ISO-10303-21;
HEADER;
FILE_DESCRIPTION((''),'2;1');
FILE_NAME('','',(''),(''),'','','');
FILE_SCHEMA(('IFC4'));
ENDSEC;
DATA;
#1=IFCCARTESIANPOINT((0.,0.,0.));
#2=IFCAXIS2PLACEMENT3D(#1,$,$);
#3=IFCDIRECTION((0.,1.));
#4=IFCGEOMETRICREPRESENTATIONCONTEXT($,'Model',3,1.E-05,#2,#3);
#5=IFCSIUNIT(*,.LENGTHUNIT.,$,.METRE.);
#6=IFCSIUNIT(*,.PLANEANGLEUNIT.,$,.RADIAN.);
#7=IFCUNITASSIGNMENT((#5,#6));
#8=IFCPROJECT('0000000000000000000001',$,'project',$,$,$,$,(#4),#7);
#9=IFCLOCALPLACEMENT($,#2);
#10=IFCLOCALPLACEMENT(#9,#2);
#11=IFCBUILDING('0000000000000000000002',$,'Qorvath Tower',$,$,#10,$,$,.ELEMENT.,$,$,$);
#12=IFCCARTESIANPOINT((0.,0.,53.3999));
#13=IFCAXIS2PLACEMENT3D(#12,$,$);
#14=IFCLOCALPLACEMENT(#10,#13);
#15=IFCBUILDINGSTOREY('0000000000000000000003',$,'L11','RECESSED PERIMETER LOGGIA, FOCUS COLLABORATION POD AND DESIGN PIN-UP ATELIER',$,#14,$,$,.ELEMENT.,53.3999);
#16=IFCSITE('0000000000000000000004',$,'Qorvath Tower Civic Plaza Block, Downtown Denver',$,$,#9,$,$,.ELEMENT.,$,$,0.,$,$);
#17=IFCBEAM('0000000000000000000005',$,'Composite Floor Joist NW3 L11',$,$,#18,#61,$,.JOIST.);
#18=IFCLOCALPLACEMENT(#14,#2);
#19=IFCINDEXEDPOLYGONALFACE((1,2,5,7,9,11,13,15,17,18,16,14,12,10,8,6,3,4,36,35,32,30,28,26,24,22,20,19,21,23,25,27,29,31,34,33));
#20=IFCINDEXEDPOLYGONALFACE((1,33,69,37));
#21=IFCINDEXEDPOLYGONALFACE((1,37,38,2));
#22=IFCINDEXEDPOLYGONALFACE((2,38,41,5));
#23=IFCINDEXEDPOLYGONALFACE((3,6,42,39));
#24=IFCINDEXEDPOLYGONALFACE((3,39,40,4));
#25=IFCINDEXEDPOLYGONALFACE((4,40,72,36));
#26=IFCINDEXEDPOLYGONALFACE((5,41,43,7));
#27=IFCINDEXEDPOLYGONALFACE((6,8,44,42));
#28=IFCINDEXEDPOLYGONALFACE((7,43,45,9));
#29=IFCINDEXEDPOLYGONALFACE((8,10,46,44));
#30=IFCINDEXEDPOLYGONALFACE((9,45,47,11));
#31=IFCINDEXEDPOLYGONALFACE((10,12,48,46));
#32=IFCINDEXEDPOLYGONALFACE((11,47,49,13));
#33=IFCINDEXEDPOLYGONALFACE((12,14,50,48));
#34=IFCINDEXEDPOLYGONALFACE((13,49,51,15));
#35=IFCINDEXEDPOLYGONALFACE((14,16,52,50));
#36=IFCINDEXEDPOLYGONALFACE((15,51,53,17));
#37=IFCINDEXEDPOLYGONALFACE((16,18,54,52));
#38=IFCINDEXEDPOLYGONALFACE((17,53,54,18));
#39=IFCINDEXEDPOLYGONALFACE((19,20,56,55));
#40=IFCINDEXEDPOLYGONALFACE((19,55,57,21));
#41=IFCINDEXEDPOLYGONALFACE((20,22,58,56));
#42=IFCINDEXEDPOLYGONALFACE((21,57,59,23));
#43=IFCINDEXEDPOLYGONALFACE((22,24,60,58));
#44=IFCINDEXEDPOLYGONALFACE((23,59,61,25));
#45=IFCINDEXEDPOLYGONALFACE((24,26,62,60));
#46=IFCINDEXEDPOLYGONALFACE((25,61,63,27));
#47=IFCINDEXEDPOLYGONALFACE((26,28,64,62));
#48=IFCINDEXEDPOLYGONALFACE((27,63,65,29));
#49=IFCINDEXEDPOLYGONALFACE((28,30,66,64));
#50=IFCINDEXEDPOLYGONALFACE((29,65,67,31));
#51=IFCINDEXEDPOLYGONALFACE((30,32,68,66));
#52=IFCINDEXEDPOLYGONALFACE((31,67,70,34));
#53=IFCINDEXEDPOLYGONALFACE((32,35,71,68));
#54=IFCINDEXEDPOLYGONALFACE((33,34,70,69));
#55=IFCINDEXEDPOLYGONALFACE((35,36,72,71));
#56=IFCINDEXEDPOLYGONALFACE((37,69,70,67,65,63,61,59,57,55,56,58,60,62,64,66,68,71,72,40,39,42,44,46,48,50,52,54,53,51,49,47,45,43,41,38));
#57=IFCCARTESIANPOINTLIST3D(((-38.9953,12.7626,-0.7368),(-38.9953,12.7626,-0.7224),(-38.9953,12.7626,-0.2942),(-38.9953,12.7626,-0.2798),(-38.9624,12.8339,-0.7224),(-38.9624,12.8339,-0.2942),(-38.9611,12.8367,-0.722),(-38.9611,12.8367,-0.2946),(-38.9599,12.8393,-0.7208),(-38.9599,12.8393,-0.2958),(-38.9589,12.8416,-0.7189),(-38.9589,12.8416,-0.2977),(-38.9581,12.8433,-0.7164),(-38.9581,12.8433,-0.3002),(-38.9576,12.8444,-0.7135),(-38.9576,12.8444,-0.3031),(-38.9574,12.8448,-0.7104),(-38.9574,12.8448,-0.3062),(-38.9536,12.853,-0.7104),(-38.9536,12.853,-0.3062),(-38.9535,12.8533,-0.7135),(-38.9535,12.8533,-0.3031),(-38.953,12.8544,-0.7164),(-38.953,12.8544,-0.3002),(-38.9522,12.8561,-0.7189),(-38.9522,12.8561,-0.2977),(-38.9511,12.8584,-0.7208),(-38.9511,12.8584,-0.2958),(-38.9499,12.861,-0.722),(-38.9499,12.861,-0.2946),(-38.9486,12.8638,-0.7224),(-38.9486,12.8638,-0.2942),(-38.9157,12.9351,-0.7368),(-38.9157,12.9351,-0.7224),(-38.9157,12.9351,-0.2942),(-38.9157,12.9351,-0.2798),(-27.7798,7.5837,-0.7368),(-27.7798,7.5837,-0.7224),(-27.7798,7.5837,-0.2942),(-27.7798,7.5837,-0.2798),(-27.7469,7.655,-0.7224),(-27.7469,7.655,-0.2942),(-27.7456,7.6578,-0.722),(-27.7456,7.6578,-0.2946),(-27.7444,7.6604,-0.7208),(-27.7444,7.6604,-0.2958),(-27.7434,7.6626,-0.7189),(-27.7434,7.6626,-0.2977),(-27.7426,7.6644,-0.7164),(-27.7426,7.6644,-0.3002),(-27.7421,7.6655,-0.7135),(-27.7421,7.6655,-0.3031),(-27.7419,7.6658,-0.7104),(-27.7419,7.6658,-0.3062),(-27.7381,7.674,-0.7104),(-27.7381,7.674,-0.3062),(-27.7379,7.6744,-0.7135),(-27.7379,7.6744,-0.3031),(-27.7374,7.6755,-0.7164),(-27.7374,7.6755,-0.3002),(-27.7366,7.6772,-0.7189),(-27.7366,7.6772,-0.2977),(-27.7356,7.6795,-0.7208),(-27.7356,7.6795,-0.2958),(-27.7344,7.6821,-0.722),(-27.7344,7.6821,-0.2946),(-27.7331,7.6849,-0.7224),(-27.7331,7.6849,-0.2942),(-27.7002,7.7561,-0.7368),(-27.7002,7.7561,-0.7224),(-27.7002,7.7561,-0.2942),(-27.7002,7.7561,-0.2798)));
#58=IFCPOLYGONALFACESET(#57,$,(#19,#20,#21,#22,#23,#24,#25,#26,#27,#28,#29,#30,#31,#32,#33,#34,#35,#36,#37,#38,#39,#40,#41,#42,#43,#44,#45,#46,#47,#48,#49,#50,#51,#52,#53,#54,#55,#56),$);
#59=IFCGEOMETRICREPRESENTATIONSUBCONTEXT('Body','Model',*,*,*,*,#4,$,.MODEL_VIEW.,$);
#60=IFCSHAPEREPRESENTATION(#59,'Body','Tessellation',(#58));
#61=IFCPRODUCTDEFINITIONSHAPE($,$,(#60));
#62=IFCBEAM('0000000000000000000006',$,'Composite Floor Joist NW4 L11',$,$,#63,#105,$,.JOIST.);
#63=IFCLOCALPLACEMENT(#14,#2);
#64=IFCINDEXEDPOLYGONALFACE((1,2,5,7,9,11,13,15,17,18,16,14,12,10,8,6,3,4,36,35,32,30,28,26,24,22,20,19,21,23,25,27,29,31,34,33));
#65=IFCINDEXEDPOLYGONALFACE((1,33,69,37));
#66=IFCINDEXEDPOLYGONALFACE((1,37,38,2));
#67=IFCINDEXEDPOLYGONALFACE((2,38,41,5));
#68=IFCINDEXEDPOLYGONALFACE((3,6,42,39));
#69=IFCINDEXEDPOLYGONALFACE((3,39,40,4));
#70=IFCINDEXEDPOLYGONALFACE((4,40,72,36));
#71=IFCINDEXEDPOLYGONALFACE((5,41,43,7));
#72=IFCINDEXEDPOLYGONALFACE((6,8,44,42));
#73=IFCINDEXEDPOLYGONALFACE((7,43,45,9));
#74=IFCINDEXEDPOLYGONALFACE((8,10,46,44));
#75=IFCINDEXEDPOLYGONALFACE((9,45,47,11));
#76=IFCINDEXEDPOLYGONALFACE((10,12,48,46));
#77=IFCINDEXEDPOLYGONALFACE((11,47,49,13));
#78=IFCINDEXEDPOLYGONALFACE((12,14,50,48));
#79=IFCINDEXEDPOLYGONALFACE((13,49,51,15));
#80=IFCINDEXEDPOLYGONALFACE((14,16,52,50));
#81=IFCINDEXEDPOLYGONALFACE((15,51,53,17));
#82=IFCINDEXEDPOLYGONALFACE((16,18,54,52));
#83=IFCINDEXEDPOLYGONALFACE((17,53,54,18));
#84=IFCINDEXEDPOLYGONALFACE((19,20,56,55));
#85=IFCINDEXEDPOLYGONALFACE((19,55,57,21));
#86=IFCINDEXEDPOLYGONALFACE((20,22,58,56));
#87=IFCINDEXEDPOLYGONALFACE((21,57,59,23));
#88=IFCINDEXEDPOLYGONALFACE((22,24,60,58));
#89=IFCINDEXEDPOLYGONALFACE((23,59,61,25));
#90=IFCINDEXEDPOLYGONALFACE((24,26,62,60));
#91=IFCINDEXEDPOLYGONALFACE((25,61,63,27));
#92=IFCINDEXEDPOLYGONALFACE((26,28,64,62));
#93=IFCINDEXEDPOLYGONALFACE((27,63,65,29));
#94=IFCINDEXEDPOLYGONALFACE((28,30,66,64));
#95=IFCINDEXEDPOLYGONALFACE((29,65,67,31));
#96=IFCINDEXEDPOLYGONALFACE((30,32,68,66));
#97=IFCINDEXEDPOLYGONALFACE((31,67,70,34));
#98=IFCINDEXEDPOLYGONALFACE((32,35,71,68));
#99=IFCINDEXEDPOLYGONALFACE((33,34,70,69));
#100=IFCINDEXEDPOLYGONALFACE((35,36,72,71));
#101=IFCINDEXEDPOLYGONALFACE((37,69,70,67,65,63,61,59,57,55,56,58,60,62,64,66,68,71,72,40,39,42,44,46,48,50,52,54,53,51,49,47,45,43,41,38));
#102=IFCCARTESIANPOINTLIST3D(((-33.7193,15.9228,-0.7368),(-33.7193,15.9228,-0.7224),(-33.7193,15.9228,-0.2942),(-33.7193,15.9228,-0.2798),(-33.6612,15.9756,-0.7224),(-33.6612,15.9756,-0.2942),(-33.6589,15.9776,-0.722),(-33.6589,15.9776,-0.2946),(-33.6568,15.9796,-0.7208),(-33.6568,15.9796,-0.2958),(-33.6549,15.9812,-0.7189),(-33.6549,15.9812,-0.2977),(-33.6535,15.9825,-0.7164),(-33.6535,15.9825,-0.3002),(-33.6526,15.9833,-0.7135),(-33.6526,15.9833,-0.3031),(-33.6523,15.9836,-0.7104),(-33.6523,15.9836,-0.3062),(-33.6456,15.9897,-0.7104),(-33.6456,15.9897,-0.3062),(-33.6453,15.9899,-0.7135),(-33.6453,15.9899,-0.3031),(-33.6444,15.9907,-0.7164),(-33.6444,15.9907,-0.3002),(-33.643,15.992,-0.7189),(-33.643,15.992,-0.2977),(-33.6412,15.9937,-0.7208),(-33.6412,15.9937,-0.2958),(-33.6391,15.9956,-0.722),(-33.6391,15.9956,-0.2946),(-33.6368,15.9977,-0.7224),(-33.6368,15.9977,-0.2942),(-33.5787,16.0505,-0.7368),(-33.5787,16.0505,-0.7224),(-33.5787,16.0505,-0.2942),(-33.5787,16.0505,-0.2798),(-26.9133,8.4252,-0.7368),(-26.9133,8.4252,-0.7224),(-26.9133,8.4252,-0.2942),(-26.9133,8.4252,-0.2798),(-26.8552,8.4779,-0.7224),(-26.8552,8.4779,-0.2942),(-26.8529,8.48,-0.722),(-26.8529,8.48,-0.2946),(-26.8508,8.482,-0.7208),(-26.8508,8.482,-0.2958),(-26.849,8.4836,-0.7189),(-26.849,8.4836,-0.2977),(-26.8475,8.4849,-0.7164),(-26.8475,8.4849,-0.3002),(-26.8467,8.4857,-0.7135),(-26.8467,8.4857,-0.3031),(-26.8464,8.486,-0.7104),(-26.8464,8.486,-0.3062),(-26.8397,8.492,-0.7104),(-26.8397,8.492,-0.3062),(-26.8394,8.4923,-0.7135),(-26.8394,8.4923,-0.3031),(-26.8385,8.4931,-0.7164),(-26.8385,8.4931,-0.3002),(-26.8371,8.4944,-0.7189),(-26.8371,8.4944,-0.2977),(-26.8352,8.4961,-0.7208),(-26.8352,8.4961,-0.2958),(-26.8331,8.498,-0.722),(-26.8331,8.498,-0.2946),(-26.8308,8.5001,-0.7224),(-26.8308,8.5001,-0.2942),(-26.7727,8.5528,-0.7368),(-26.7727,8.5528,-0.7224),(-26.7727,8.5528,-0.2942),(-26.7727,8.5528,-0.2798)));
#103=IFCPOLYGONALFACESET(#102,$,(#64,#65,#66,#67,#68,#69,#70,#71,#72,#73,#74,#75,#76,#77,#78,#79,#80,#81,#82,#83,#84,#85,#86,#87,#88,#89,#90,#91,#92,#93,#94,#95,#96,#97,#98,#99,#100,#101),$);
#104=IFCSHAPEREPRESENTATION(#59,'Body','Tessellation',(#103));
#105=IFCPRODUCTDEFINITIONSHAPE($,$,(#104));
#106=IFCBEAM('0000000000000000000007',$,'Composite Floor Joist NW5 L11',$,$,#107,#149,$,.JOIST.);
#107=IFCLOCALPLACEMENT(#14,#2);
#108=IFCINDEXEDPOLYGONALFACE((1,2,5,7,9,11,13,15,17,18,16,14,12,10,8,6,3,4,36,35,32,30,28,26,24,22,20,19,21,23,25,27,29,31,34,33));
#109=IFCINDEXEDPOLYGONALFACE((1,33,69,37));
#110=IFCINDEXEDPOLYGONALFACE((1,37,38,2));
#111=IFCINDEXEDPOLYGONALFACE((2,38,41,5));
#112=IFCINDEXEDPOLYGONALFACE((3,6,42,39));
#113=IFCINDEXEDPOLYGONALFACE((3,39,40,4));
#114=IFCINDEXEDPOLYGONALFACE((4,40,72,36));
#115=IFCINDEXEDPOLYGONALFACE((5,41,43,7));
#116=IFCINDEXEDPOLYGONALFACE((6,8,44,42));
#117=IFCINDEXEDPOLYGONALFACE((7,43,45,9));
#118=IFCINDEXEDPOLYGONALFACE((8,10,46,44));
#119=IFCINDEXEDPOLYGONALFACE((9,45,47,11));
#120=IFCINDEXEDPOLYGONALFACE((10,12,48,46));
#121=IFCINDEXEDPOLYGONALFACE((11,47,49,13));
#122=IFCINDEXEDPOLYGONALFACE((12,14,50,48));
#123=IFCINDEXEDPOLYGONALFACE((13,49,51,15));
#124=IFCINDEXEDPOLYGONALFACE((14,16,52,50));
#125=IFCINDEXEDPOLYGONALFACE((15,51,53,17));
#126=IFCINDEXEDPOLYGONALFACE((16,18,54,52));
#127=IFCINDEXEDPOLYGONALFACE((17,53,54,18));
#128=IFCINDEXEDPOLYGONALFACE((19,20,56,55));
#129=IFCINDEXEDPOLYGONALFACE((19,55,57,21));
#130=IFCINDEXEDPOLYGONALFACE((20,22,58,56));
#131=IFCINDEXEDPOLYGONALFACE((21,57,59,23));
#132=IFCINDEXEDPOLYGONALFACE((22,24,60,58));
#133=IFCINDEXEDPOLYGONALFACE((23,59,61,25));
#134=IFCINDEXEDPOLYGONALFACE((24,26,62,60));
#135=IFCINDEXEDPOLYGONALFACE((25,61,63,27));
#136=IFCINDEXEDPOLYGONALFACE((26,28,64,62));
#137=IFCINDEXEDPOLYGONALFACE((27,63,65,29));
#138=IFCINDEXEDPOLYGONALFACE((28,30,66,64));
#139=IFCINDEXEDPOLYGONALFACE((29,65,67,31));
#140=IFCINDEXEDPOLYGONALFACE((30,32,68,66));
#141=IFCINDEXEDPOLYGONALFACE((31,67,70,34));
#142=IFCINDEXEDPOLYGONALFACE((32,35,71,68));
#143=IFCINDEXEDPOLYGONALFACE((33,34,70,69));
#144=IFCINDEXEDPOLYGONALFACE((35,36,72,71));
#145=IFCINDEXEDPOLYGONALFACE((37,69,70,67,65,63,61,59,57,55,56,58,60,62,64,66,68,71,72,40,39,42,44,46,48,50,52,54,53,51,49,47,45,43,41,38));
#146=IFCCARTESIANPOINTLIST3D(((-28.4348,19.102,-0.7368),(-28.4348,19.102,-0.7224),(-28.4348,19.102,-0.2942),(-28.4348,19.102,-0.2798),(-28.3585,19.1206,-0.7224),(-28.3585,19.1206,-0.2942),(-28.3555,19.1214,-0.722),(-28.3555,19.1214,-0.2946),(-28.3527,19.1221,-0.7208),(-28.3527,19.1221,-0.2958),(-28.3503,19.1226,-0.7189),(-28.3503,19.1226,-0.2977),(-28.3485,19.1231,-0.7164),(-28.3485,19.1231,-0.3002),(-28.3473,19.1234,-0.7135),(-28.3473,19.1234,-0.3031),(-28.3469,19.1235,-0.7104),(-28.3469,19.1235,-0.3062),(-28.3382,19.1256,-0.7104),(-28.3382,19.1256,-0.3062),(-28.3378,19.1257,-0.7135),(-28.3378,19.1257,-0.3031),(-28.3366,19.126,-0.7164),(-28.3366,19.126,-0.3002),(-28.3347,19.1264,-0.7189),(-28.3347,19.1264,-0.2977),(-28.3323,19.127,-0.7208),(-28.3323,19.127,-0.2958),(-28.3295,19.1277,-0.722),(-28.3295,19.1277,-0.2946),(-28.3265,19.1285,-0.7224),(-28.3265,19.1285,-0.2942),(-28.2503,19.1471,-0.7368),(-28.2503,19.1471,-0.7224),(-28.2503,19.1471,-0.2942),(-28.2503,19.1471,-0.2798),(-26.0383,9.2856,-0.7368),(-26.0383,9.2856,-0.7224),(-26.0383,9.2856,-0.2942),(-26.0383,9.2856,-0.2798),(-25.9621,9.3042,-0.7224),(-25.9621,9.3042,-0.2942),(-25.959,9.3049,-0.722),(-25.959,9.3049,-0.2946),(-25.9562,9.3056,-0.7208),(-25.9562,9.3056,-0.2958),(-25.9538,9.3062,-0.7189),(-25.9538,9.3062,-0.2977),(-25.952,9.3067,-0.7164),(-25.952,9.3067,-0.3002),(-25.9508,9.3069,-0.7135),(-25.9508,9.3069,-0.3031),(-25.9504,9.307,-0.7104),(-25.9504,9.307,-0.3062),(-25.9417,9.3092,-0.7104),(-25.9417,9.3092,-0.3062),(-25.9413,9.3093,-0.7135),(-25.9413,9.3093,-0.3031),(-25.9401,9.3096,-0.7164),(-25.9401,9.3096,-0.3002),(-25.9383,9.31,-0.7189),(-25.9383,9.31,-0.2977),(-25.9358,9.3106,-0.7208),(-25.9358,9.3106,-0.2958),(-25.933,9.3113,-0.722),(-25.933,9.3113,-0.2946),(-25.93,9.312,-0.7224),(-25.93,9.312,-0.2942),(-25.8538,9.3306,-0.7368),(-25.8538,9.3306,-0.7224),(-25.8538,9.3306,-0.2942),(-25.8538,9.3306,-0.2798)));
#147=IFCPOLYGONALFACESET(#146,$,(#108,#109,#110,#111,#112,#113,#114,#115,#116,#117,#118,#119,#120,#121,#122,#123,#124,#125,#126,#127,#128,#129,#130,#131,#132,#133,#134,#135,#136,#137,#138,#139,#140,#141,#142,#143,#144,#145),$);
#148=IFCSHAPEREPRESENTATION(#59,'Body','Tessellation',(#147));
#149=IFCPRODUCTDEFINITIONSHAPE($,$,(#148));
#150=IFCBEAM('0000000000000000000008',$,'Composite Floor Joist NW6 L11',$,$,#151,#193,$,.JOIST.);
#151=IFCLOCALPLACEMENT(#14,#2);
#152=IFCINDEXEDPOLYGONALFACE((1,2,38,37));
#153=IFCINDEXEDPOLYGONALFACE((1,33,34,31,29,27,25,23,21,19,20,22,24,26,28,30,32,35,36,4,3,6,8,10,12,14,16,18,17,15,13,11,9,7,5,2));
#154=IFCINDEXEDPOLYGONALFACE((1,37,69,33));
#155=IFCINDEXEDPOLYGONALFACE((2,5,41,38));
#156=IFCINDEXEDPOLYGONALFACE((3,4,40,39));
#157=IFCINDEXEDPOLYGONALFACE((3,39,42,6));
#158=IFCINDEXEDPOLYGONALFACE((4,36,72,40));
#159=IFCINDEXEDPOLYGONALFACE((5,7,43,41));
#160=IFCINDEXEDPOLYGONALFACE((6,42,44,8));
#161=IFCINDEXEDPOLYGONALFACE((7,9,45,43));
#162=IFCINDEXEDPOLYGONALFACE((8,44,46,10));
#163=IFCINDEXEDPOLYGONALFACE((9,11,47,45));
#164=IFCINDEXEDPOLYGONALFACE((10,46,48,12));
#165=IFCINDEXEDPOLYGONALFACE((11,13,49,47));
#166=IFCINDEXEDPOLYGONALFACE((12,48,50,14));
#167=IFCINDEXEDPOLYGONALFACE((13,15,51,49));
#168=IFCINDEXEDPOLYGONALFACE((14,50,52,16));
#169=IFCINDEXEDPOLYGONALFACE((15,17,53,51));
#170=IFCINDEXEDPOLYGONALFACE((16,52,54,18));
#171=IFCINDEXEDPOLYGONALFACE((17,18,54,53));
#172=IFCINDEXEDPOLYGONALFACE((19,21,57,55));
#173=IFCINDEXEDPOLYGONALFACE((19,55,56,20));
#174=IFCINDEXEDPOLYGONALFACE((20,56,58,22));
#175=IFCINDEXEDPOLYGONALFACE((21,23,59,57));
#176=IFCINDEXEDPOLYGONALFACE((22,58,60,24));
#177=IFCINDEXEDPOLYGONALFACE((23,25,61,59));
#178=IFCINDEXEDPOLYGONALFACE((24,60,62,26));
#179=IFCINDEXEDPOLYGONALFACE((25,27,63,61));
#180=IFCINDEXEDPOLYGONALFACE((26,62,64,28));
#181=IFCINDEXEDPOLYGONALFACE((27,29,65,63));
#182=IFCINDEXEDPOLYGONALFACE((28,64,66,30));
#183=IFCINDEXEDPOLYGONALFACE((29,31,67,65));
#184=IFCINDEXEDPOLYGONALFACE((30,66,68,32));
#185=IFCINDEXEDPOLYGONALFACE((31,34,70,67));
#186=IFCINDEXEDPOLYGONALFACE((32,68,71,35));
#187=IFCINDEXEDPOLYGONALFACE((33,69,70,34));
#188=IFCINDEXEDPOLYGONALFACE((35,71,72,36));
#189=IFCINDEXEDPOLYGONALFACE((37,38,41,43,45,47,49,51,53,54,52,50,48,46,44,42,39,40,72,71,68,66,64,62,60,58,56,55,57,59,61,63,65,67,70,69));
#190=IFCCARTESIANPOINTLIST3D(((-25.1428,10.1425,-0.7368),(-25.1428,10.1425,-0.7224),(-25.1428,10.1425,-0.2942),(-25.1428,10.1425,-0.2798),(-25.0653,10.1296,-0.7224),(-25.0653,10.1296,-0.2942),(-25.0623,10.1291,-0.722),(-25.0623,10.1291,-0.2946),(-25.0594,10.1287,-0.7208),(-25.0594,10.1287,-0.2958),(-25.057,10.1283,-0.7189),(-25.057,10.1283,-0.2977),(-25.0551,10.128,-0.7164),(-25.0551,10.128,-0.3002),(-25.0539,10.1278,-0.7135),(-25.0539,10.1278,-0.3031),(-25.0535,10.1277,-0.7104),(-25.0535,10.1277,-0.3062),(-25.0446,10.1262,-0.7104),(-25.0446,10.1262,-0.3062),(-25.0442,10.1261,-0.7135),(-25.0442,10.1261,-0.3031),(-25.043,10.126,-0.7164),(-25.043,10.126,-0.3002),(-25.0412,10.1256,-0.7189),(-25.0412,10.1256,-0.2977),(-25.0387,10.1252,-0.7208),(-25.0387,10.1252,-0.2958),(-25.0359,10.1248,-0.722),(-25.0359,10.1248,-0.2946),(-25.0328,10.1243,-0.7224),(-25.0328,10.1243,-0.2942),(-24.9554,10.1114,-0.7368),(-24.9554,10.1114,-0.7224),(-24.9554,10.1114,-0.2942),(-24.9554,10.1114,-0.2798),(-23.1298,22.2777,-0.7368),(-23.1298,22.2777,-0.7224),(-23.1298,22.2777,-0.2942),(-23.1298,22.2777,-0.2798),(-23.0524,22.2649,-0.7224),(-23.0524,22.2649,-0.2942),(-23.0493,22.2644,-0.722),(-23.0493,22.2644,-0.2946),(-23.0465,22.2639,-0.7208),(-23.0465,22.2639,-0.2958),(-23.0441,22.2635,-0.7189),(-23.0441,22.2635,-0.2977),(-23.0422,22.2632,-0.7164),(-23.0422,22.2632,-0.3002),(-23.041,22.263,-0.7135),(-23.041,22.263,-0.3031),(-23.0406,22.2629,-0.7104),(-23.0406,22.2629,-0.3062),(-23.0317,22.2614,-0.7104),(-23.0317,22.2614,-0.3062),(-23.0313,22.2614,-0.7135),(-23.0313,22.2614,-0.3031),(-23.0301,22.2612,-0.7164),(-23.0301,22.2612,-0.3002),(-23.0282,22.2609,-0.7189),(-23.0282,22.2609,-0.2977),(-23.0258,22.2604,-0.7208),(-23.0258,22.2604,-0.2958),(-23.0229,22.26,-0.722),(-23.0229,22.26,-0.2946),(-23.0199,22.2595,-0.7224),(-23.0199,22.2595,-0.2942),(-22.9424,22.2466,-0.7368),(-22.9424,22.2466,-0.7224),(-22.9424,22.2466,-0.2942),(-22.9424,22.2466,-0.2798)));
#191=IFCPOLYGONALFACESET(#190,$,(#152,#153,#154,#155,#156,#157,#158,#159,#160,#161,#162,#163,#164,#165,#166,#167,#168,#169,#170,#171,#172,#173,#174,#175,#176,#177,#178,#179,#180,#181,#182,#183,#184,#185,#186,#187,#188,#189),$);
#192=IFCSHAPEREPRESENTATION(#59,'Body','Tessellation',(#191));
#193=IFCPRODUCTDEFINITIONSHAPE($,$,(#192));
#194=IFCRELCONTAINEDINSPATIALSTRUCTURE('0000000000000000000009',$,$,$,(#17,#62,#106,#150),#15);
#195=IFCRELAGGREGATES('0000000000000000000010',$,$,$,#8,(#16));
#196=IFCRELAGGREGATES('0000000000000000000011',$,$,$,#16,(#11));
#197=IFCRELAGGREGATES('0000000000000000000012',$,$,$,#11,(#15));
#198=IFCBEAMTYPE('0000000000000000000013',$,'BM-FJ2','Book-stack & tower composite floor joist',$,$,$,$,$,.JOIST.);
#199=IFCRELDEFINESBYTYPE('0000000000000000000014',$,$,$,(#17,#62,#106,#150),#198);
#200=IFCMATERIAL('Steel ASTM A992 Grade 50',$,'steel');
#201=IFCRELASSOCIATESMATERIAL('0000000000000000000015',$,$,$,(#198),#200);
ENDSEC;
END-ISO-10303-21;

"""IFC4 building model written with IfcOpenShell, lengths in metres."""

from ifc_helpers import new_model, si_unit, direction, frame, origin, origin_2d, place, context, subcontext, project, spatial, i_section, extrude, material, material_profile, profile_set, type_object, element, save


model = new_model("IFC4")

# Units and contexts
model_context = context("Model", 3, precision=1e-05, world=origin(), true_north=direction((0.0, 1.0)))
body_context = subcontext(model_context, "Body", "Model", "MODEL_VIEW")
ifc_project = project(units=[si_unit("LENGTHUNIT", "METRE"), si_unit("PLANEANGLEUNIT", "RADIAN")], contexts=[model_context])

# Site, building, storey
site_placement = place(None, origin())
site = spatial("IfcSite", under=ifc_project, at=site_placement, Name="Qorvath Tower Civic Plaza Block, Downtown Denver", CompositionType="ELEMENT", RefElevation=0.0)
building_placement = place(site_placement, origin())
building = spatial("IfcBuilding", under=site, at=building_placement, Name="Qorvath Tower", CompositionType="ELEMENT")
storey_placement = place(building_placement, frame((0.0, 0.0, 53.3999)))
storey = spatial("IfcBuildingStorey", under=building, at=storey_placement, Name="L11", Description="RECESSED PERIMETER LOGGIA, FOCUS COLLABORATION POD AND DESIGN PIN-UP ATELIER", CompositionType="ELEMENT", Elevation=53.3999)

# Beams
ifc_material_1 = material(Name="Steel ASTM A992 Grade 50", Category="steel")
ifc_material_profile_1 = material_profile(ifc_material_1, i_section(OverallWidth=0.1899, OverallDepth=0.457, WebThickness=0.009, FlangeThickness=0.0144, FilletRadius=0.012, at=origin_2d()), Name="W18x50")
ifc_profile_set_1 = profile_set([ifc_material_profile_1], Name="Steel ASTM A992 Grade 50")
beam_type_1 = type_object("IfcBeamType", Name="BM-FJ2", Description="Book-stack & tower composite floor joist", PredefinedType="JOIST", material=ifc_profile_set_1)
beam_1_placement = place(storey_placement, frame((-27.74, 7.6699, -0.5083), z_axis=(-0.907881, 0.419227, 0.0), x_axis=(-0.419227, -0.907881, 0.0)))
element("IfcBeam", 1, at=beam_1_placement, inside=storey, type_object=beam_type_1, Name="Composite Floor Joist NW3 L11", PredefinedType="JOIST", context=body_context, shape_type="SweptSolid", body=[
    extrude(i_section(OverallWidth=0.1899, OverallDepth=0.457, WebThickness=0.009, FlangeThickness=0.0144, FilletRadius=0.012, at=origin_2d()), origin(), (0.0, 0.0, 1.0), 12.3535),
])
beam_2_placement = place(storey_placement, frame((-26.843, 8.489, -0.5083), z_axis=(-0.672129, 0.740434, 0.0), x_axis=(-0.740434, -0.672129, 0.0)))
element("IfcBeam", 2, at=beam_2_placement, inside=storey, type_object=beam_type_1, Name="Composite Floor Joist NW4 L11", PredefinedType="JOIST", context=body_context, shape_type="SweptSolid", body=[
    extrude(i_section(OverallWidth=0.1899, OverallDepth=0.457, WebThickness=0.009, FlangeThickness=0.0144, FilletRadius=0.012, at=origin_2d()), origin(), (0.0, 0.0, 1.0), 10.126),
])
beam_3_placement = place(storey_placement, frame((-25.946, 9.3081, -0.5083), z_axis=(-0.237165, 0.971469, 0.0), x_axis=(-0.971469, -0.237165, 0.0)))
element("IfcBeam", 3, at=beam_3_placement, inside=storey, type_object=beam_type_1, Name="Composite Floor Joist NW5 L11", PredefinedType="JOIST", context=body_context, shape_type="SweptSolid", body=[
    extrude(i_section(OverallWidth=0.1899, OverallDepth=0.457, WebThickness=0.009, FlangeThickness=0.0144, FilletRadius=0.012, at=origin_2d()), origin(), (0.0, 0.0, 1.0), 10.1047),
])
beam_4_placement = place(storey_placement, frame((-25.0491, 10.127, -0.5083), z_axis=(0.163639, 0.98652, 0.0), x_axis=(-0.98652, 0.163639, 0.0)))
element("IfcBeam", 4, at=beam_4_placement, inside=storey, type_object=beam_type_1, Name="Composite Floor Joist NW6 L11", PredefinedType="JOIST", context=body_context, shape_type="SweptSolid", body=[
    extrude(i_section(OverallWidth=0.1899, OverallDepth=0.457, WebThickness=0.009, FlangeThickness=0.0144, FilletRadius=0.012, at=origin_2d()), origin(), (0.0, 0.0, 1.0), 12.301),
])

save(model, "model.ifc")
